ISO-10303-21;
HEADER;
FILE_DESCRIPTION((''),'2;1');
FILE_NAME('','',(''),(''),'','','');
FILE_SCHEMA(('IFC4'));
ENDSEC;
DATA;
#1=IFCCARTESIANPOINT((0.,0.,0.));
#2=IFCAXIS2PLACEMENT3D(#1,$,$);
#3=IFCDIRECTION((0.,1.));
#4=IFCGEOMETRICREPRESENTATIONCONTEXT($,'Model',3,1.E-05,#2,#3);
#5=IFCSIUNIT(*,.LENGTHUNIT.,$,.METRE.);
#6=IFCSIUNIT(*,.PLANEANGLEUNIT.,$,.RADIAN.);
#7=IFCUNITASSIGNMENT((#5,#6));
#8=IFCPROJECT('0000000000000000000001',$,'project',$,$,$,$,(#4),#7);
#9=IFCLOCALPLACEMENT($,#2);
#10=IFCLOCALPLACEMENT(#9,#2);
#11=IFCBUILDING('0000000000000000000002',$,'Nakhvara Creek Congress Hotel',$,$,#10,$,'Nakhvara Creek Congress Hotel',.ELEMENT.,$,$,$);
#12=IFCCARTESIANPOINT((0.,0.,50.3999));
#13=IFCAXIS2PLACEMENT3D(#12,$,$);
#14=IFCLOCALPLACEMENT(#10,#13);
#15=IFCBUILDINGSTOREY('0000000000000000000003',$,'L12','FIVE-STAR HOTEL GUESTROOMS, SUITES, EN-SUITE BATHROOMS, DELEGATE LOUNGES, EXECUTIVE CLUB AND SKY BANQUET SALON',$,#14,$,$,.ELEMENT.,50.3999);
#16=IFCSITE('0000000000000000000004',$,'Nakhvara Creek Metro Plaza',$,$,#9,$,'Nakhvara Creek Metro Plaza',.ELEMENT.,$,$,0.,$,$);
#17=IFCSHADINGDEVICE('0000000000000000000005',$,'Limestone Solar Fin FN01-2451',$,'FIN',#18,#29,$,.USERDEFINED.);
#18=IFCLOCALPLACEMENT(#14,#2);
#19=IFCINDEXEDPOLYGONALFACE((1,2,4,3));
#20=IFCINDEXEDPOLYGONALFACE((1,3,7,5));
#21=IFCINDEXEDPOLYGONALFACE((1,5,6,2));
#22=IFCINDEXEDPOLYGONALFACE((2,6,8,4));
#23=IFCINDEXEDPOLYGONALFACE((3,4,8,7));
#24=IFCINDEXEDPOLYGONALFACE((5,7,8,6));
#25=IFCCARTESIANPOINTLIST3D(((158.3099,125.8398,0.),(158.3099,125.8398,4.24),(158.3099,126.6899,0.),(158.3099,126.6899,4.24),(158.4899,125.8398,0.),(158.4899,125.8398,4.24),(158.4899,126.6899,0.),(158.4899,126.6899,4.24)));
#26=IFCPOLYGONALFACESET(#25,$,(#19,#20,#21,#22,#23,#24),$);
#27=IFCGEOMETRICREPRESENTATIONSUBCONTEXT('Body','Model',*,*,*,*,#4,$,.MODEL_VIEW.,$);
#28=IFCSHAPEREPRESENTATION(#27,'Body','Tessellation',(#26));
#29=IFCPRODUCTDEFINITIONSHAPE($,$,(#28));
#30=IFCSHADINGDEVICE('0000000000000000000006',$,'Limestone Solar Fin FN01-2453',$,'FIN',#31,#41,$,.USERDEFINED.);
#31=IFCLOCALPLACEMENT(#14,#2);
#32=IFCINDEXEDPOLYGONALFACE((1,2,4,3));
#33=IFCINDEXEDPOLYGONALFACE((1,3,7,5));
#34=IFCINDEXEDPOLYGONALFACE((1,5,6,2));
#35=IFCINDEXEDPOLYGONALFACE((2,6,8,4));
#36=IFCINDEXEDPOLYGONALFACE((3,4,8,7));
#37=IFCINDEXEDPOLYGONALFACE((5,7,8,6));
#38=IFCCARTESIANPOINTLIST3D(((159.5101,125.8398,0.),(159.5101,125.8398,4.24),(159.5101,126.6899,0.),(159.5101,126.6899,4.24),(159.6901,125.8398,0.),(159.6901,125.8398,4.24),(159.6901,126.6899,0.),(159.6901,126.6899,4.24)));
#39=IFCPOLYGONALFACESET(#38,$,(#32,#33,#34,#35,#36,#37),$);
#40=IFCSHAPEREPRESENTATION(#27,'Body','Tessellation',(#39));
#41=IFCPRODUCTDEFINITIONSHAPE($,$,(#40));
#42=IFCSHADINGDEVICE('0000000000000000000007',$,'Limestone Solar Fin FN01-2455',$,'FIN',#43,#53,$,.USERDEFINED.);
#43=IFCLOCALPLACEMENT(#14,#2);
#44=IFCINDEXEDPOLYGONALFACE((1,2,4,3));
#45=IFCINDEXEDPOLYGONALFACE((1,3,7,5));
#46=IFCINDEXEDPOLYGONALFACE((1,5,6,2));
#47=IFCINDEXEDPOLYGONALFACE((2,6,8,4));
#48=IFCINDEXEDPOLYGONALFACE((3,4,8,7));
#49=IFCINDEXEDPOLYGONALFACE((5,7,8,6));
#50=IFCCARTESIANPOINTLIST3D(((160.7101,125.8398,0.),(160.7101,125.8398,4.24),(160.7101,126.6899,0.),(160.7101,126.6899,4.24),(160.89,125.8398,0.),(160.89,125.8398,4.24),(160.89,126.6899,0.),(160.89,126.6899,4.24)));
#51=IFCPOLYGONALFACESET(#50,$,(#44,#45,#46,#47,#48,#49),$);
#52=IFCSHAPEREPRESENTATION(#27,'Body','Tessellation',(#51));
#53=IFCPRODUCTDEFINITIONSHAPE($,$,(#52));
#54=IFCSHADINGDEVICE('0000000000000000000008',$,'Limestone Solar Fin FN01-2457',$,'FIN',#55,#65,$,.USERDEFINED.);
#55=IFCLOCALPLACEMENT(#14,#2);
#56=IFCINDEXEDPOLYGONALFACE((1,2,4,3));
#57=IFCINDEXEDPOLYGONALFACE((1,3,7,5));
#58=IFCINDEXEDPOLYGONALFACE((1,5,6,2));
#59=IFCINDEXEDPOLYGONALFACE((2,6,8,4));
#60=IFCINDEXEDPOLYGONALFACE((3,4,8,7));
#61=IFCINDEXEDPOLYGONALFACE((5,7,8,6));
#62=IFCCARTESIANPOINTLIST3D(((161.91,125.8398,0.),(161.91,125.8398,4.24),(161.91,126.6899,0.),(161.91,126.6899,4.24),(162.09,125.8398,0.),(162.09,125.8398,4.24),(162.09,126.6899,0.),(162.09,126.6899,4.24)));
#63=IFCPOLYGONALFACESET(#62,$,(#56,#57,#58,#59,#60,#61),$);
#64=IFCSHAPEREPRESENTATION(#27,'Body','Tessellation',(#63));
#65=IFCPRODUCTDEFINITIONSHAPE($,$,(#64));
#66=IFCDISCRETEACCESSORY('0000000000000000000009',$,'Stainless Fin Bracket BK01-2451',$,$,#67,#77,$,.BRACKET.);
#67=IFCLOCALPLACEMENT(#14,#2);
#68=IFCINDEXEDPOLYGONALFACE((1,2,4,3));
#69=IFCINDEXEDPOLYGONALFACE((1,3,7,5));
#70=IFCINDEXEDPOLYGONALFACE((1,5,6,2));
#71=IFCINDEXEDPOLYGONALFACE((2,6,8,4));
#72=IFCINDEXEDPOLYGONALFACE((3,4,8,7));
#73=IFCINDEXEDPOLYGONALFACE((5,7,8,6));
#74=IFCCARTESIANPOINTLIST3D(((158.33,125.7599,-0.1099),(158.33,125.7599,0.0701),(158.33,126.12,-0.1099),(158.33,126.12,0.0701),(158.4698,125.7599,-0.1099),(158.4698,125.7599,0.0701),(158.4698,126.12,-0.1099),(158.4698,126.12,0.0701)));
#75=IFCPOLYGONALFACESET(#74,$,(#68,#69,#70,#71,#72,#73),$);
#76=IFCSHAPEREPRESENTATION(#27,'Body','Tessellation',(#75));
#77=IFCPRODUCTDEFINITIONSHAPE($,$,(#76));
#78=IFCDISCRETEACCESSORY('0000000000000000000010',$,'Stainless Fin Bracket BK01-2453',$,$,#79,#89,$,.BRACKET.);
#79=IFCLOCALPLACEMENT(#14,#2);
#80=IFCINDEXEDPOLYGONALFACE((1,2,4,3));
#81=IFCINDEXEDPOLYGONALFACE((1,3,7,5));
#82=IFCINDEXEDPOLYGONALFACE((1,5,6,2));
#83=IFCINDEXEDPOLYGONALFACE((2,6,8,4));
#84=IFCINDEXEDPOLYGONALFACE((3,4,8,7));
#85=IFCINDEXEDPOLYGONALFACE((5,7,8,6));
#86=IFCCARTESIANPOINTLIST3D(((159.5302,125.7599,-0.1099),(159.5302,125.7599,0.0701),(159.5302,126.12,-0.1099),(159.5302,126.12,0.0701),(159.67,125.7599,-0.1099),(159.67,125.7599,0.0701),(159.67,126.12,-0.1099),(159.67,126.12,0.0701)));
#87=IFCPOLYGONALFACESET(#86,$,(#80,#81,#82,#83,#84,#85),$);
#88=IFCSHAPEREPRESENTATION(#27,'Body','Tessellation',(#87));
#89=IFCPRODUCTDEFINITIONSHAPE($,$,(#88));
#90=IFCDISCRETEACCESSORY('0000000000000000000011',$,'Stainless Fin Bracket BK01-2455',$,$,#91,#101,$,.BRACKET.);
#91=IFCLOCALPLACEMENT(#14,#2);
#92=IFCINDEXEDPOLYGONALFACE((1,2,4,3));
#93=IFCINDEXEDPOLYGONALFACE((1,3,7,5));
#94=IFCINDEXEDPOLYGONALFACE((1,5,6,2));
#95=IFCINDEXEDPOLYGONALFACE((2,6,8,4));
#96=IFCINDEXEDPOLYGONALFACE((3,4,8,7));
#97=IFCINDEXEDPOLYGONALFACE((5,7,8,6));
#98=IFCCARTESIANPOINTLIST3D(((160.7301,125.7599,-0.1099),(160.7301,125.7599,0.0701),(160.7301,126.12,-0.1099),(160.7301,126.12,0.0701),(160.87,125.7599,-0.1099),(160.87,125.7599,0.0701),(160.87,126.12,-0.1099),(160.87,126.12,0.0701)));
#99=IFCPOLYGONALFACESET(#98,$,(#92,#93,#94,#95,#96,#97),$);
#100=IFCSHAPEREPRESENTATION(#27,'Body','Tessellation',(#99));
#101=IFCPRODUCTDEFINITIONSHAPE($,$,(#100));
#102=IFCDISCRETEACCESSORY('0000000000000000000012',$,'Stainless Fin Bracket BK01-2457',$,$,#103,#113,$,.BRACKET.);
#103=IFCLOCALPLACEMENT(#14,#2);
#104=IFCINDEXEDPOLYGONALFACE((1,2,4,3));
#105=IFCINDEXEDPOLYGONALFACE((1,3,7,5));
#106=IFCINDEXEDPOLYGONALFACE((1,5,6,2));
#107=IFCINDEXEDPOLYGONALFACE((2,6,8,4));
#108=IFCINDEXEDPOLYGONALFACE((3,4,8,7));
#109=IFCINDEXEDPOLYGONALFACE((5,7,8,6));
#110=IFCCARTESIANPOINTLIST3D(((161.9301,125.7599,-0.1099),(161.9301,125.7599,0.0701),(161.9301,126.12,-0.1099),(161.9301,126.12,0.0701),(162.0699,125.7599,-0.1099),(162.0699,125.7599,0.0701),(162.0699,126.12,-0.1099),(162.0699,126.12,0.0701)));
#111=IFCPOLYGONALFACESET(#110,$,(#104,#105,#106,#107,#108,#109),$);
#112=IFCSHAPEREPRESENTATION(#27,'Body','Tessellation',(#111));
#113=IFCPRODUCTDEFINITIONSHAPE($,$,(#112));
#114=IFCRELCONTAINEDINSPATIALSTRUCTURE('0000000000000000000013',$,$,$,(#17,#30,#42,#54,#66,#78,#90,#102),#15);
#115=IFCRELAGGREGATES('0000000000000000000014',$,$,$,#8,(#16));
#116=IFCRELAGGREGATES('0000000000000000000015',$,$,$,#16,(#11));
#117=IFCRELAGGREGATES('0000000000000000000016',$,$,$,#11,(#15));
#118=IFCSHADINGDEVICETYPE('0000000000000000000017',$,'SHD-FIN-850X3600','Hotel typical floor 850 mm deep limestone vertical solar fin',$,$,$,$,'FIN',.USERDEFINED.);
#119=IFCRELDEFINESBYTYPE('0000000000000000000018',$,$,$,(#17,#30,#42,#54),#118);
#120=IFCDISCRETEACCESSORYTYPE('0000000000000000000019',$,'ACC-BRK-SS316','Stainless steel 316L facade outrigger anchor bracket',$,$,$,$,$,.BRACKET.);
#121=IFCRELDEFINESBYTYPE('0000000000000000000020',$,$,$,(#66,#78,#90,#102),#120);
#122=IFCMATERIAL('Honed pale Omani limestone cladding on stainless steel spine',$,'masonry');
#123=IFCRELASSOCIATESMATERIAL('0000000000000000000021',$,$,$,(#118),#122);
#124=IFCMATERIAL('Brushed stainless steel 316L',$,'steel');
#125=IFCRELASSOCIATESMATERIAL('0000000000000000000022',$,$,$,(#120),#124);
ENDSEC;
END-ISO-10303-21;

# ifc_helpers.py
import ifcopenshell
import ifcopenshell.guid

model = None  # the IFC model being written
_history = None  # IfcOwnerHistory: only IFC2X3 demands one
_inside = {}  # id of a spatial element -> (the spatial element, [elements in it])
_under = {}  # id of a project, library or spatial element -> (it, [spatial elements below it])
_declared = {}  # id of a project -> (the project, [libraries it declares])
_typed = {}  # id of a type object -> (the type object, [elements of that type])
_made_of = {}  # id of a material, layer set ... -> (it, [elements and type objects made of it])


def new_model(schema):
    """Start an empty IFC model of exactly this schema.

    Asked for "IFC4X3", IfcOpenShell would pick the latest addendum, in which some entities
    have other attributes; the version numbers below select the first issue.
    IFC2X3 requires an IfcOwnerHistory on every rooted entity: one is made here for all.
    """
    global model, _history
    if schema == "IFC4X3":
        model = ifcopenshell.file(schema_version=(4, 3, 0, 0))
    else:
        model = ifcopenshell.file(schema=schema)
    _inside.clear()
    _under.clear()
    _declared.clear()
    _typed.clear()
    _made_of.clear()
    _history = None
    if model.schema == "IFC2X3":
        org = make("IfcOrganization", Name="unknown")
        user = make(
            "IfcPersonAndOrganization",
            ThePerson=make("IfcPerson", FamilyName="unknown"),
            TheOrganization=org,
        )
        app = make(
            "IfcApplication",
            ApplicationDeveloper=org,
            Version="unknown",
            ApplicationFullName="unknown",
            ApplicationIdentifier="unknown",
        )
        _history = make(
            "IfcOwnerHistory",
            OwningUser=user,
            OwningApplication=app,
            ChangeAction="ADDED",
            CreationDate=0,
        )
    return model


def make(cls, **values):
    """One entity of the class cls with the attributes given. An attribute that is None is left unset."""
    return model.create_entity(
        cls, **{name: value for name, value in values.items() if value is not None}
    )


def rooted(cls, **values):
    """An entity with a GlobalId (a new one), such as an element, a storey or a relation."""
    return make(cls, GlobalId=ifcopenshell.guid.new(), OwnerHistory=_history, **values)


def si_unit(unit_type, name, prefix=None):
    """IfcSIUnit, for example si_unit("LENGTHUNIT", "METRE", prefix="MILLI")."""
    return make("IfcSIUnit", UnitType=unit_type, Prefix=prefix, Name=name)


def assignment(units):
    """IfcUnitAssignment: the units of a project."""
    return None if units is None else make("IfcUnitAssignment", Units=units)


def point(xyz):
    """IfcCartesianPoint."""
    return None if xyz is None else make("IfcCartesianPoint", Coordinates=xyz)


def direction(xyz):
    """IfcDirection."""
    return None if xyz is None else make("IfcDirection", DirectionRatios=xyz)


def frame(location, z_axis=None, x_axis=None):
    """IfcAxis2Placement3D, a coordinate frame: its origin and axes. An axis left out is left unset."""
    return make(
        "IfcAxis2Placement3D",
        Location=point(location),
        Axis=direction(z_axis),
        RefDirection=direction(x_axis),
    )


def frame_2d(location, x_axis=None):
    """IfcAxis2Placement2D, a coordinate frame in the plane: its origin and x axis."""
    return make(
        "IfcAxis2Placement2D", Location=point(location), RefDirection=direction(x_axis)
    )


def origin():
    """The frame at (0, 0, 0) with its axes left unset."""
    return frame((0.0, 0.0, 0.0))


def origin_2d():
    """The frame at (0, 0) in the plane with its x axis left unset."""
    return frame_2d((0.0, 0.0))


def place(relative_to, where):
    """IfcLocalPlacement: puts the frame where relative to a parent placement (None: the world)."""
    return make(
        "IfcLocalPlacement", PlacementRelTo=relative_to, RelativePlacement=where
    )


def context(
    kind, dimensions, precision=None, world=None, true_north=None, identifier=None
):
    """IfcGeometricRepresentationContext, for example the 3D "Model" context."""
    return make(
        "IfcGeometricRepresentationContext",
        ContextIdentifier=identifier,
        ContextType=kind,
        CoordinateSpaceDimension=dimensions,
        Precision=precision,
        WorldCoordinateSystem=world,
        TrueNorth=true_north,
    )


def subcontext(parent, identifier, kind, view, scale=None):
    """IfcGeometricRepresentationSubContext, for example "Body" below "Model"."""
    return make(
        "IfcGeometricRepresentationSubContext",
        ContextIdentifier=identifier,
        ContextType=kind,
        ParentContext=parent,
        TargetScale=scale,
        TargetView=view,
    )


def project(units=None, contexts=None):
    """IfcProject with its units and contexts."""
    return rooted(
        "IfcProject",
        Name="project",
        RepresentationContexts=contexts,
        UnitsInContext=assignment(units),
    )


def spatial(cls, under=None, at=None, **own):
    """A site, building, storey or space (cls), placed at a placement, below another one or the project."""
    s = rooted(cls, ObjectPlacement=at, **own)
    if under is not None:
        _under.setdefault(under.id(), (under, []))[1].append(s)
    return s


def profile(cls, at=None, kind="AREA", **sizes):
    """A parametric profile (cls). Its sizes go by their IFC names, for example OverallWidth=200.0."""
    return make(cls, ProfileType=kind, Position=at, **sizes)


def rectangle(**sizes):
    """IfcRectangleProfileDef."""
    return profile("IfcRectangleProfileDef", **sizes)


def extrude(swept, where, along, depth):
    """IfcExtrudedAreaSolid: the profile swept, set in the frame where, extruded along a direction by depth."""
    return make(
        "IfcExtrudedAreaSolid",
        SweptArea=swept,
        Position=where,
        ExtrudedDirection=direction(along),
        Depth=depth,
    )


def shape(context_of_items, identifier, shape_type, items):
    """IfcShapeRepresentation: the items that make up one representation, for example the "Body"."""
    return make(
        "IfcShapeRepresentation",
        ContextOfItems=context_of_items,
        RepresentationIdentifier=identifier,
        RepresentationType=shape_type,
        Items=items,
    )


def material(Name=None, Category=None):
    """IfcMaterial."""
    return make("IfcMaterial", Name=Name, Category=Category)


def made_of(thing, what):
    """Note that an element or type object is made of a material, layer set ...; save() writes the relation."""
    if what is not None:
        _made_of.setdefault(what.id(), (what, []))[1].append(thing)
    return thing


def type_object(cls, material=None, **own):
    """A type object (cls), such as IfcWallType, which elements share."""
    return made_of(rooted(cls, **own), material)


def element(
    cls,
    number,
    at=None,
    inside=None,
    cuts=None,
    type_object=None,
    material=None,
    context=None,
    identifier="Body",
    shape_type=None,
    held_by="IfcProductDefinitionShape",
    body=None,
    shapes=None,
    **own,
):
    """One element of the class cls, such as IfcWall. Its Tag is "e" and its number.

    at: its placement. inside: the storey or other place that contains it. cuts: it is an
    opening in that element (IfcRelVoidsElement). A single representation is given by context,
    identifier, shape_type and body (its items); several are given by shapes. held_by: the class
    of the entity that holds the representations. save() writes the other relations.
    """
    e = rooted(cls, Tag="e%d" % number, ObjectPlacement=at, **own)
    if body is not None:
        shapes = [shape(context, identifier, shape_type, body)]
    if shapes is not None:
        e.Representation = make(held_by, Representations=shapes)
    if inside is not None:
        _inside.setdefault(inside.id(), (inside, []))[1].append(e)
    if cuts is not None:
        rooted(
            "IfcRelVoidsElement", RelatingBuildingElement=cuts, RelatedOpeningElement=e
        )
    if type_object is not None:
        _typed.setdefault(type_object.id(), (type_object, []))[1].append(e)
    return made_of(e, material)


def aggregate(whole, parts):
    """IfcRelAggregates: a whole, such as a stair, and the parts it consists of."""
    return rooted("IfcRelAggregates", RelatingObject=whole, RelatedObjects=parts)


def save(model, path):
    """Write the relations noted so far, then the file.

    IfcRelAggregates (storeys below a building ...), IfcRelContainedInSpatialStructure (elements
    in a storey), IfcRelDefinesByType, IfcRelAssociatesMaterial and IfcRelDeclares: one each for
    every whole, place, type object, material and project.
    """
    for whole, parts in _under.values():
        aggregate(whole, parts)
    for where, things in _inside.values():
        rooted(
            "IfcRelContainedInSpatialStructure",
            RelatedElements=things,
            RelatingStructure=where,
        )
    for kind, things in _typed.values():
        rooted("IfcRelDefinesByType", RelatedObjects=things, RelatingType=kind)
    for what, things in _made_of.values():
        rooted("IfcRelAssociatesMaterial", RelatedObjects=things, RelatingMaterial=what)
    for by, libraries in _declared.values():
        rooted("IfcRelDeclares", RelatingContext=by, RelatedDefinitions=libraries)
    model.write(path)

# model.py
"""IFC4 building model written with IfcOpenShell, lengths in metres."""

from ifc_helpers import new_model, si_unit, direction, frame, origin, origin_2d, place, context, subcontext, project, spatial, rectangle, extrude, material, type_object, element, save


model = new_model("IFC4")

# Units and contexts
model_context = context("Model", 3, precision=1e-05, world=origin(), true_north=direction((0.0, 1.0)))
body_context = subcontext(model_context, "Body", "Model", "MODEL_VIEW")
ifc_project = project(units=[si_unit("LENGTHUNIT", "METRE"), si_unit("PLANEANGLEUNIT", "RADIAN")], contexts=[model_context])

# Site, building, storey
site_placement = place(None, origin())
site = spatial("IfcSite", under=ifc_project, at=site_placement, Name="Nakhvara Creek Metro Plaza", LongName="Nakhvara Creek Metro Plaza", CompositionType="ELEMENT", RefElevation=0.0)
building_placement = place(site_placement, origin())
building = spatial("IfcBuilding", under=site, at=building_placement, Name="Nakhvara Creek Congress Hotel", LongName="Nakhvara Creek Congress Hotel", CompositionType="ELEMENT")
storey_placement = place(building_placement, frame((0.0, 0.0, 50.3999)))
storey = spatial("IfcBuildingStorey", under=building, at=storey_placement, Name="L12", Description="FIVE-STAR HOTEL GUESTROOMS, SUITES, EN-SUITE BATHROOMS, DELEGATE LOUNGES, EXECUTIVE CLUB AND SKY BANQUET SALON", CompositionType="ELEMENT", Elevation=50.3999)

# Shared definitions
ifc_material_1 = material(Name="Brushed stainless steel 316L", Category="steel")

# Shading devices
ifc_material_2 = material(Name="Honed pale Omani limestone cladding on stainless steel spine", Category="masonry")
shading_device_type = type_object("IfcShadingDeviceType", Name="SHD-FIN-850X3600", Description="Hotel typical floor 850 mm deep limestone vertical solar fin", ElementType="FIN", PredefinedType="USERDEFINED", material=ifc_material_2)
for number, where, z_axis, x_axis, name in (
    (1, (158.3999, 126.2649, 0.0), (0.0, 0.0, 1.0), (1.0, 0.0, 0.0), "Limestone Solar Fin FN01-2451"),
    (2, (159.6001, 126.2649, 0.0), (0.0, 0.0, 1.0), (1.0, 0.0, 0.0), "Limestone Solar Fin FN01-2453"),
    (3, (160.8, 126.2649, 0.0), (0.0, 0.0, 1.0), (1.0, 0.0, 0.0), "Limestone Solar Fin FN01-2455"),
    (4, (162.0, 126.2649, 0.0), (0.0, 0.0, 1.0), (1.0, 0.0, 0.0), "Limestone Solar Fin FN01-2457"),
):
    element("IfcShadingDevice", number, at=place(storey_placement, frame(where, z_axis=z_axis, x_axis=x_axis)), inside=storey, type_object=shading_device_type, Name=name, ObjectType="FIN", PredefinedType="USERDEFINED", context=body_context, shape_type="SweptSolid", body=[
        extrude(rectangle(XDim=0.1799, YDim=0.8501, at=origin_2d()), origin(), (0.0, 0.0, 1.0), 4.24),
    ])

# Discrete accessories
discrete_accessory_type = type_object("IfcDiscreteAccessoryType", Name="ACC-BRK-SS316", Description="Stainless steel 316L facade outrigger anchor bracket", PredefinedType="BRACKET", material=ifc_material_1)
for number, where, z_axis, x_axis, name in (
    (5, (158.3999, 125.9399, -0.1099), (0.0, 0.0, 1.0), (1.0, 0.0, 0.0), "Stainless Fin Bracket BK01-2451"),
    (6, (159.6001, 125.9399, -0.1099), (0.0, 0.0, 1.0), (1.0, 0.0, 0.0), "Stainless Fin Bracket BK01-2453"),
    (7, (160.8, 125.9399, -0.1099), (0.0, 0.0, 1.0), (1.0, 0.0, 0.0), "Stainless Fin Bracket BK01-2455"),
    (8, (162.0, 125.9399, -0.1099), (0.0, 0.0, 1.0), (1.0, 0.0, 0.0), "Stainless Fin Bracket BK01-2457"),
):
    element("IfcDiscreteAccessory", number, at=place(storey_placement, frame(where, z_axis=z_axis, x_axis=x_axis)), inside=storey, type_object=discrete_accessory_type, Name=name, PredefinedType="BRACKET", context=body_context, shape_type="SweptSolid", body=[
        extrude(rectangle(XDim=0.1399, YDim=0.3601, at=origin_2d()), origin(), (0.0, 0.0, 1.0), 0.1799),
    ])

save(model, "model.ifc")
